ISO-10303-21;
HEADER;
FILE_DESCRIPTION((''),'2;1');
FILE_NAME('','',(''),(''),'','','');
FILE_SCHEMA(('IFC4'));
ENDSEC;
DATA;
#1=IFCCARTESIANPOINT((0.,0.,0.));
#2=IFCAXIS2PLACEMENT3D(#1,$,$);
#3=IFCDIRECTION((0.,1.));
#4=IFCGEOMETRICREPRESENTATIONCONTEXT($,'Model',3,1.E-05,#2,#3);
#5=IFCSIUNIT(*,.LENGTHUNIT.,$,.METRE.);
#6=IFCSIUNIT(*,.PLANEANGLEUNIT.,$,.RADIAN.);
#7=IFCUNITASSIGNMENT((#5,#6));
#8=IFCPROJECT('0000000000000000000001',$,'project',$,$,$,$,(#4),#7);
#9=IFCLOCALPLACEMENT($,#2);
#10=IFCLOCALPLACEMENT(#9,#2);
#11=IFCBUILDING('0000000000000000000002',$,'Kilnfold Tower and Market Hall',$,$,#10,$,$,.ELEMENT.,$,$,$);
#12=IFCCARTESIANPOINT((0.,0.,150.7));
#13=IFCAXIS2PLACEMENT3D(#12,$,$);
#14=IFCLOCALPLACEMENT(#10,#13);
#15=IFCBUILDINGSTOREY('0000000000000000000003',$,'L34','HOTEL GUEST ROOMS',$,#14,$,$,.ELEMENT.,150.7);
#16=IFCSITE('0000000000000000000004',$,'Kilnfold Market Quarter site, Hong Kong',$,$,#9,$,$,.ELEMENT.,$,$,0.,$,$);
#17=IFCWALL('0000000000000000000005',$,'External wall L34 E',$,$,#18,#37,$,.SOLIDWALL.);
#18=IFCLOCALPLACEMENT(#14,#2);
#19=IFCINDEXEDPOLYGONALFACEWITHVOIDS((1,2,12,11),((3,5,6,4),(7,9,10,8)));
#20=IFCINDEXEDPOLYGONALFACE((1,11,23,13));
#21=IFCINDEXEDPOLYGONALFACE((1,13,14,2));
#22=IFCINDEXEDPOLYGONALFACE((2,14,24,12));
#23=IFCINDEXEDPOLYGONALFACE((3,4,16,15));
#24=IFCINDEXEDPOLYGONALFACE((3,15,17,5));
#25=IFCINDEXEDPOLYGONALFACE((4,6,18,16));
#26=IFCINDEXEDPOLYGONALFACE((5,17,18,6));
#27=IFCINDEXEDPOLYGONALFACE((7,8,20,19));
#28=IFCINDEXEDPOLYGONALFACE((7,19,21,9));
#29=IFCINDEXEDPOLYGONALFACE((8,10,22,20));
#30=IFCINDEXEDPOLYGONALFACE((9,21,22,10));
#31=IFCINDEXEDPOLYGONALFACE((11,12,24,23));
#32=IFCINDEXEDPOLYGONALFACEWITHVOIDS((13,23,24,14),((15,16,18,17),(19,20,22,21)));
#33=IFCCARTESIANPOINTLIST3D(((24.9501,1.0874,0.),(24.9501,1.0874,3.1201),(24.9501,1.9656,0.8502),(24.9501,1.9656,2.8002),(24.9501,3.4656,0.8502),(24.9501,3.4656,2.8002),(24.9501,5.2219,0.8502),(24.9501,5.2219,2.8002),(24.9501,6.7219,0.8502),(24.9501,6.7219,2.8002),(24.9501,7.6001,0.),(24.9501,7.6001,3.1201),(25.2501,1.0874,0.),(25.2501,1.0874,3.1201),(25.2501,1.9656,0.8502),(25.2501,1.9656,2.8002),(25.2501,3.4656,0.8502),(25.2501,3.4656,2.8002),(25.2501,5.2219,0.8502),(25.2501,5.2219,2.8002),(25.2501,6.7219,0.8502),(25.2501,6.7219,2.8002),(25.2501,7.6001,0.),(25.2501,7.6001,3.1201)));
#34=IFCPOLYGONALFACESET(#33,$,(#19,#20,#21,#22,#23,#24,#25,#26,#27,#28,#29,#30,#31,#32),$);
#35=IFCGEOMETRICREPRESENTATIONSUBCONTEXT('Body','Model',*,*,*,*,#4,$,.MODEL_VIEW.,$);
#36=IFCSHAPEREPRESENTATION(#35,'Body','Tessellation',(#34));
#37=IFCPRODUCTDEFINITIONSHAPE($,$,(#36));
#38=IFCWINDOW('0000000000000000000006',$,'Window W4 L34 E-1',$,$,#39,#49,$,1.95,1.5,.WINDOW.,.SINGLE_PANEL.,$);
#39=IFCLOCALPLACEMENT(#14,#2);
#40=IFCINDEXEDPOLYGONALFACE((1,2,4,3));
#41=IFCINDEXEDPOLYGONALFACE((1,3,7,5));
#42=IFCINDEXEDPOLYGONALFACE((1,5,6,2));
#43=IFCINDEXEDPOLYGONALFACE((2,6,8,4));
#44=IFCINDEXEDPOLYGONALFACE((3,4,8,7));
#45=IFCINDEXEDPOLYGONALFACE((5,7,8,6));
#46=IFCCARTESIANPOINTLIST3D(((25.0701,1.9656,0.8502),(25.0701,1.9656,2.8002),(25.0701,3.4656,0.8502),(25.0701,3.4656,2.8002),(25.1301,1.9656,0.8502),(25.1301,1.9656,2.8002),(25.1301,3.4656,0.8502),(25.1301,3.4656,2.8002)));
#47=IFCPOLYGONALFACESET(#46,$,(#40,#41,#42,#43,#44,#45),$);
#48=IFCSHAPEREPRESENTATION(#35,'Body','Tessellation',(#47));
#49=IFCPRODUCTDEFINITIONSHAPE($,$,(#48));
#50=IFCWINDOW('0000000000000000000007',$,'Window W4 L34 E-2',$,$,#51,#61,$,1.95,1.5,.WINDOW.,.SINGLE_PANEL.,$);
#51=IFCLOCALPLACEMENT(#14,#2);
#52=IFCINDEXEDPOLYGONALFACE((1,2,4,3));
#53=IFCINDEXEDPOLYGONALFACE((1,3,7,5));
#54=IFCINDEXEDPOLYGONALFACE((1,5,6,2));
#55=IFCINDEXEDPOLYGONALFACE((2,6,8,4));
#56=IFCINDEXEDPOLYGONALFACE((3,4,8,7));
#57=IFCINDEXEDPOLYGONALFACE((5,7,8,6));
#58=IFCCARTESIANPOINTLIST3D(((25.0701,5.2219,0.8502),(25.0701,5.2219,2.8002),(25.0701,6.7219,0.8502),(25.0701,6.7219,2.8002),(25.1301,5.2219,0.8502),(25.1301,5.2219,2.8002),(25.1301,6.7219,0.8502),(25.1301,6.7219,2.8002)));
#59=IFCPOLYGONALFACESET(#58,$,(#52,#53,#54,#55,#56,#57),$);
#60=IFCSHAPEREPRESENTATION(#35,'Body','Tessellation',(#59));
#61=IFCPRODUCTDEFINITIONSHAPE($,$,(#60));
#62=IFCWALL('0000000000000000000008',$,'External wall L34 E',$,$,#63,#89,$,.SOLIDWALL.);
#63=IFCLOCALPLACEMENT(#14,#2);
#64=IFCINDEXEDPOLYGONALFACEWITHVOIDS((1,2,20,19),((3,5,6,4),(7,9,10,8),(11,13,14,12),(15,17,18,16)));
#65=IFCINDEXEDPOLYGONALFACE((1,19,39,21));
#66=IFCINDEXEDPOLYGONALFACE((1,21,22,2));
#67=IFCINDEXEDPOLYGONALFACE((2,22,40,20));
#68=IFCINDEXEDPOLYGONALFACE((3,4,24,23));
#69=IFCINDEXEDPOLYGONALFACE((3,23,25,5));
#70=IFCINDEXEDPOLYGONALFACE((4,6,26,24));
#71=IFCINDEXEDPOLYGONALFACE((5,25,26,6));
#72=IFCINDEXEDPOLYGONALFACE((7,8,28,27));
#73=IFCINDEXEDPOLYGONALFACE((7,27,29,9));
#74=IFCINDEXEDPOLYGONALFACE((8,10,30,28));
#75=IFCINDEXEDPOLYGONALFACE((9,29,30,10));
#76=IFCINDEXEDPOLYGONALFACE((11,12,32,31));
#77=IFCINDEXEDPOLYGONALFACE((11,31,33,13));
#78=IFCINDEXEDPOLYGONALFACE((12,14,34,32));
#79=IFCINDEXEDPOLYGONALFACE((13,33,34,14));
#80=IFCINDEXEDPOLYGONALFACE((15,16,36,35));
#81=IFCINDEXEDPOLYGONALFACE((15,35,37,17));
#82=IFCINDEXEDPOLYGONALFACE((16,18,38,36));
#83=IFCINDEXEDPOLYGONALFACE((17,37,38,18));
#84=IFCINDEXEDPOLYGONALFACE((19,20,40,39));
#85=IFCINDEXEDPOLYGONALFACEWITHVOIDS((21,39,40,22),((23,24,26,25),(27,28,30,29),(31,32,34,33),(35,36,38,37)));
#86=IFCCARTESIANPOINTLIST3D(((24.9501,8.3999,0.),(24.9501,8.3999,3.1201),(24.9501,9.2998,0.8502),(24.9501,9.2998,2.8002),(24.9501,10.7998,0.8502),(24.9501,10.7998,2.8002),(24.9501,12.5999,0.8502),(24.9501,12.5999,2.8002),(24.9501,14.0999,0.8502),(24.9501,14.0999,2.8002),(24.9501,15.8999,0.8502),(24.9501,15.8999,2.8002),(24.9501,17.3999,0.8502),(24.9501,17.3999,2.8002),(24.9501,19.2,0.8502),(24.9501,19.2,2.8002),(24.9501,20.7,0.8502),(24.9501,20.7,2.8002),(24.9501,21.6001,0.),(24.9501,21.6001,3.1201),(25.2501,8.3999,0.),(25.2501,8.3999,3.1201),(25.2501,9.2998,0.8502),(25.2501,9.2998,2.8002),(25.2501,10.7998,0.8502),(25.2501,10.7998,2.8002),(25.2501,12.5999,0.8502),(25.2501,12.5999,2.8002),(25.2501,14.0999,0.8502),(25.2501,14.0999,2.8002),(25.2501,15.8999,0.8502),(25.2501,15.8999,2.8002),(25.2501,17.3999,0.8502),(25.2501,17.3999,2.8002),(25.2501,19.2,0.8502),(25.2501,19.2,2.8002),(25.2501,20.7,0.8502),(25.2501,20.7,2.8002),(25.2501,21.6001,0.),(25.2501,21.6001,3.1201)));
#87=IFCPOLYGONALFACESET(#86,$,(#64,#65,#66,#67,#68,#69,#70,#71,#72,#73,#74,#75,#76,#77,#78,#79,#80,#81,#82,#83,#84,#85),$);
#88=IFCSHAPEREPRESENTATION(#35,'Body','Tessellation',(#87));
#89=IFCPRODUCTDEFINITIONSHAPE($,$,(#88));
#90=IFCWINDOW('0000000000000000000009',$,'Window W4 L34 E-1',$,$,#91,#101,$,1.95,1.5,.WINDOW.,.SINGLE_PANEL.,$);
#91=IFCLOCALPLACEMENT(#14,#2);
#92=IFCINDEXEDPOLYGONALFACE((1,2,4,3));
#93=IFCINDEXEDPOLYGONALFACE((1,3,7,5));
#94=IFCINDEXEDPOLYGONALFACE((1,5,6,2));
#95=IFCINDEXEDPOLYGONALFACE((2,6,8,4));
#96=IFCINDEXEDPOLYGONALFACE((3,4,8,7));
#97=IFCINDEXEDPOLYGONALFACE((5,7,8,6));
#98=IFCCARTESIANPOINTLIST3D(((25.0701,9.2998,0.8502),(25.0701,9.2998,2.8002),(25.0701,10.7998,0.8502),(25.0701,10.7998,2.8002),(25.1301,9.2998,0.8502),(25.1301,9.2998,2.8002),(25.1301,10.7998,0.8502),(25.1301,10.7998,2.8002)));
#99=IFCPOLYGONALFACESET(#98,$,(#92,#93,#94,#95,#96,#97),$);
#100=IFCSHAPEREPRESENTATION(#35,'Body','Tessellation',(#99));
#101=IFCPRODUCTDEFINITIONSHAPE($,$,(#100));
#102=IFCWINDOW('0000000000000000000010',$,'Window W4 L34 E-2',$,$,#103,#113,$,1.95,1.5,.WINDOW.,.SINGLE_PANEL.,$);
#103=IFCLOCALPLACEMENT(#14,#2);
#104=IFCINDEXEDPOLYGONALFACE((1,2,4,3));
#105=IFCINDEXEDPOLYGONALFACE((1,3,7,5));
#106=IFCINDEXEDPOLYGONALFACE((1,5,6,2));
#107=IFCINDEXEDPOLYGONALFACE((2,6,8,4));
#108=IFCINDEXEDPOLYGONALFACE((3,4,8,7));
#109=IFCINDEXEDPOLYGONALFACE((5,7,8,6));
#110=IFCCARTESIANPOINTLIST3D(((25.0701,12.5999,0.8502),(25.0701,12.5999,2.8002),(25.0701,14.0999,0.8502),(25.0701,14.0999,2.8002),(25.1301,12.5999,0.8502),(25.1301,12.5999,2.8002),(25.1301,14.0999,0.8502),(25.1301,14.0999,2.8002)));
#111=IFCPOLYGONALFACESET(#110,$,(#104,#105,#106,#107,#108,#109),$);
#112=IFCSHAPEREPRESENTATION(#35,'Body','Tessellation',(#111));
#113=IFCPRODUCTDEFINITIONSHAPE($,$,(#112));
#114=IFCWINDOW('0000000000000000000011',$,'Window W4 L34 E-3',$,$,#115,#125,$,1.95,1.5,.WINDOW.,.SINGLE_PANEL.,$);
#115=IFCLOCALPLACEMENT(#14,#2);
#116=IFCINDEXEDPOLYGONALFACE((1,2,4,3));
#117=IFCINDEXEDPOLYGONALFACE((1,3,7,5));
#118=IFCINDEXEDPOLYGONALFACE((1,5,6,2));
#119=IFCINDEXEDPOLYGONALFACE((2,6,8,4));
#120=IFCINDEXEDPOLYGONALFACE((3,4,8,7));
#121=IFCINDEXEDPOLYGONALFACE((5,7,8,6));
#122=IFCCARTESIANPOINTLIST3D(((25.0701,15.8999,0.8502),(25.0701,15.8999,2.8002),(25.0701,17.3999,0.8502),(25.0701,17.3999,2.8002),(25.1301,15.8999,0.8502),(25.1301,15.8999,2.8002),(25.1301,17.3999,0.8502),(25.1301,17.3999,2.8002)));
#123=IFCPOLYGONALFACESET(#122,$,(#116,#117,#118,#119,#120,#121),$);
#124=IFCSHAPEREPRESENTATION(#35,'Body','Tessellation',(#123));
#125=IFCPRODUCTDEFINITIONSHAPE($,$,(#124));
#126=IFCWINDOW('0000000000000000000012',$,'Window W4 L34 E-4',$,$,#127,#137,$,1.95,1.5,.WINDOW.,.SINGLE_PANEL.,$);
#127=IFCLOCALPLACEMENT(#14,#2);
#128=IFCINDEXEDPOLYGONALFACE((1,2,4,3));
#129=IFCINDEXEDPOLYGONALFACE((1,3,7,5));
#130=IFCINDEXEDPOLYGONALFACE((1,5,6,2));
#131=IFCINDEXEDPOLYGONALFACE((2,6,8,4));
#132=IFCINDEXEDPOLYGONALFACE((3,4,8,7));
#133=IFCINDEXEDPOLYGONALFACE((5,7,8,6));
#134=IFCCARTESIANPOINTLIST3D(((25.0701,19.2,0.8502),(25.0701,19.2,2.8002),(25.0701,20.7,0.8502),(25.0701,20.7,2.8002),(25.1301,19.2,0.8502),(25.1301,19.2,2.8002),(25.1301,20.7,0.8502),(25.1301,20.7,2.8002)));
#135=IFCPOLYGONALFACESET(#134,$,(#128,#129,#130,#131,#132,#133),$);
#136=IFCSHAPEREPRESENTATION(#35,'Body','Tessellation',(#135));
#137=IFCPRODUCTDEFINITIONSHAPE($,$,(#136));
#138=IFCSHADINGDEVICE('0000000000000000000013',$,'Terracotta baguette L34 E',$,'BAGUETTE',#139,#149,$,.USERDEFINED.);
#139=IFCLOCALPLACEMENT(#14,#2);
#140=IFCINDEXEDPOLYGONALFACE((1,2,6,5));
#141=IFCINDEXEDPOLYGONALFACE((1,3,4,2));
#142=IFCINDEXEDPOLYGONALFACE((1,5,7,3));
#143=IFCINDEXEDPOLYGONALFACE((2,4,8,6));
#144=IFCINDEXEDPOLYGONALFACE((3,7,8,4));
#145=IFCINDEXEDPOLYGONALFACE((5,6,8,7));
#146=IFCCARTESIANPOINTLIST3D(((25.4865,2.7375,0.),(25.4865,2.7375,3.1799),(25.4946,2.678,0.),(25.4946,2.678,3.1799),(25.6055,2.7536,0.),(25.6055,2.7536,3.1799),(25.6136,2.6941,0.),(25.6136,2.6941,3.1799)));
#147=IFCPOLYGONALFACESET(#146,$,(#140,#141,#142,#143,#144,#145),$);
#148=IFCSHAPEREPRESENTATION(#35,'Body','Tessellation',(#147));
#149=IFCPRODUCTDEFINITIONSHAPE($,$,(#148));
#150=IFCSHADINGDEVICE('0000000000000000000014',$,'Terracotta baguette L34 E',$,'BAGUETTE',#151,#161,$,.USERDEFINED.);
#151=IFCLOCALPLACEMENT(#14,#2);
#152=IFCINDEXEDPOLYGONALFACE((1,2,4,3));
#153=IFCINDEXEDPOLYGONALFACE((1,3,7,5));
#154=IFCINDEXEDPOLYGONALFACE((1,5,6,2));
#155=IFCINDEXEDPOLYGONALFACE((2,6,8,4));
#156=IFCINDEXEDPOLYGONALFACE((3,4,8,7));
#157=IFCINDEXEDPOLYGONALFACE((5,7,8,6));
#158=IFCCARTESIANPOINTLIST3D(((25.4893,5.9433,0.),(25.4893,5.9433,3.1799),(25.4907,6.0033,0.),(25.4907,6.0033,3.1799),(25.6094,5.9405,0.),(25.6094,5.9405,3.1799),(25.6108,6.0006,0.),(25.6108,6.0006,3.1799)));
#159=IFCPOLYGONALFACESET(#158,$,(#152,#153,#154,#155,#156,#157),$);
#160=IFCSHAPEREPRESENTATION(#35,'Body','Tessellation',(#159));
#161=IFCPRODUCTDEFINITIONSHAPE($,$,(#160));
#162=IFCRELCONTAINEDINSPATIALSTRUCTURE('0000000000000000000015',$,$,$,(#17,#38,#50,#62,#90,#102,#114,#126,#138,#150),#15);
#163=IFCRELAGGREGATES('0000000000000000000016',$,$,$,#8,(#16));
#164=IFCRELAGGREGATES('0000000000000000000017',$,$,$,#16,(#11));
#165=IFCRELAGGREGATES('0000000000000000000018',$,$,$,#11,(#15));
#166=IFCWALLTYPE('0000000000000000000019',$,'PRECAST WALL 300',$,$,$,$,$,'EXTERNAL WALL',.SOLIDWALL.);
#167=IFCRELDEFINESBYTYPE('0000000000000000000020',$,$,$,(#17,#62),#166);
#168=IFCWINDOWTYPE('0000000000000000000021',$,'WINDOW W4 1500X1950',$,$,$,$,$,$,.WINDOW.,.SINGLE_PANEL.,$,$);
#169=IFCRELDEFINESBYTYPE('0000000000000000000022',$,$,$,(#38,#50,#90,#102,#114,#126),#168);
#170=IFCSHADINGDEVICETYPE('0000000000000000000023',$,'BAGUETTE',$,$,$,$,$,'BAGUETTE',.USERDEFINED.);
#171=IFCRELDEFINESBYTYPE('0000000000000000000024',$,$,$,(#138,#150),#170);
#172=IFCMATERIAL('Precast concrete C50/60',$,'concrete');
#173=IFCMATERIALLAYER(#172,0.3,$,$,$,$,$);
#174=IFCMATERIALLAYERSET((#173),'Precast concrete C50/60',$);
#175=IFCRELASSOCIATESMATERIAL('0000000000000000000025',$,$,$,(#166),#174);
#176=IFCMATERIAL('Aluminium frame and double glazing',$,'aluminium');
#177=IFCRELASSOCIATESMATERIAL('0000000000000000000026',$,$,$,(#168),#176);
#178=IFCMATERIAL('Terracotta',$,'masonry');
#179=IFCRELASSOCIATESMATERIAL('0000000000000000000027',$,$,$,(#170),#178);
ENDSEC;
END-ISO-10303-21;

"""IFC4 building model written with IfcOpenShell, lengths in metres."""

from ifc_helpers import new_model, si_unit, direction, frame, frame_2d, origin, origin_2d, place, context, subcontext, project, spatial, rectangle, extrude, source, transform, mapped, material, layer, layer_set, material_profile, profile_set, type_object, element, fill, save


model = new_model("IFC4")

# Units and contexts
model_context = context("Model", 3, precision=1e-05, world=origin(), true_north=direction((0.0, 1.0)))
body_context = subcontext(model_context, "Body", "Model", "MODEL_VIEW")
ifc_project = project(units=[si_unit("LENGTHUNIT", "METRE"), si_unit("PLANEANGLEUNIT", "RADIAN")], contexts=[model_context])

# Site, building, storey
site_placement = place(None, origin())
site = spatial("IfcSite", under=ifc_project, at=site_placement, Name="Kilnfold Market Quarter site, Hong Kong", CompositionType="ELEMENT", RefElevation=0.0)
building_placement = place(site_placement, origin())
building = spatial("IfcBuilding", under=site, at=building_placement, Name="Kilnfold Tower and Market Hall", CompositionType="ELEMENT")
storey_placement = place(building_placement, frame((0.0, 0.0, 150.7)))
storey = spatial("IfcBuildingStorey", under=building, at=storey_placement, Name="L34", Description="HOTEL GUEST ROOMS", CompositionType="ELEMENT", Elevation=150.7)

# Walls, openings, windows
ifc_material_1 = material(Name="Precast concrete C50/60", Category="concrete")
ifc_layer_1 = layer(ifc_material_1, 0.3)
ifc_layer_set_1 = layer_set([ifc_layer_1], Name="Precast concrete C50/60")
wall_type_1 = type_object("IfcWallType", Name="PRECAST WALL 300", ElementType="EXTERNAL WALL", PredefinedType="SOLIDWALL", material=ifc_layer_set_1)
shared_shape_1 = source(origin(), body_context, "Body", "SweptSolid", [
    extrude(rectangle(XDim=6.5127, YDim=0.3, at=frame_2d((3.2563, 0.0))), origin(), (0.0, 0.0, 1.0), 3.1201),
])
wall_1_placement = place(storey_placement, frame((25.1001, 1.0874, 0.0), z_axis=(0.0, 0.0, 1.0), x_axis=(0.0, 1.0, 0.0)))
wall_1 = element("IfcWall", 1, at=wall_1_placement, inside=storey, type_object=wall_type_1, Name="External wall L34 E", PredefinedType="SOLIDWALL", context=body_context, shape_type="MappedRepresentation", body=[
    mapped(shared_shape_1, transform((0.0, 0.0, 0.0))),
])
opening_1_placement = place(wall_1_placement, frame((0.8782, 0.0, 0.8501)))
opening_1 = element("IfcOpeningElement", 2, at=opening_1_placement, cuts=wall_1, PredefinedType="OPENING", context=body_context, shape_type="SweptSolid", body=[
    extrude(rectangle(XDim=1.5, YDim=1.95, at=frame_2d((0.75, 0.9751))), frame((0.0, 0.1602, 0.0), z_axis=(0.0, -1.0, 0.0), x_axis=(1.0, 0.0, 0.0)), (0.0, 0.0, 1.0), 0.3201),
])
opening_2_placement = place(wall_1_placement, frame((4.1345, 0.0, 0.8501)))
opening_2 = element("IfcOpeningElement", 3, at=opening_2_placement, cuts=wall_1, PredefinedType="OPENING", context=body_context, shape_type="SweptSolid", body=[
    extrude(rectangle(XDim=1.5, YDim=1.95, at=frame_2d((0.75, 0.9751))), frame((0.0, 0.1602, 0.0), z_axis=(0.0, -1.0, 0.0), x_axis=(1.0, 0.0, 0.0)), (0.0, 0.0, 1.0), 0.3201),
])
ifc_material_2 = material(Name="Aluminium frame and double glazing", Category="aluminium")
window_type = type_object("IfcWindowType", Name="WINDOW W4 1500X1950", PartitioningType="SINGLE_PANEL", PredefinedType="WINDOW", material=ifc_material_2)
window_1_placement = place(opening_1_placement, origin())
window_1 = element("IfcWindow", 4, at=window_1_placement, inside=storey, type_object=window_type, Name="Window W4 L34 E-1", OverallHeight=1.95, OverallWidth=1.5, PartitioningType="SINGLE_PANEL", PredefinedType="WINDOW", context=body_context, shape_type="SweptSolid", body=[
    extrude(rectangle(XDim=1.5, YDim=1.95, at=frame_2d((0.75, 0.9751))), frame((0.0, 0.03, 0.0), z_axis=(0.0, -1.0, 0.0), x_axis=(1.0, 0.0, 0.0)), (0.0, 0.0, 1.0), 0.0601),
])
fill(opening_1, window_1)
window_2_placement = place(opening_2_placement, origin())
window_2 = element("IfcWindow", 5, at=window_2_placement, inside=storey, type_object=window_type, Name="Window W4 L34 E-2", OverallHeight=1.95, OverallWidth=1.5, PartitioningType="SINGLE_PANEL", PredefinedType="WINDOW", context=body_context, shape_type="SweptSolid", body=[
    extrude(rectangle(XDim=1.5, YDim=1.95, at=frame_2d((0.75, 0.9751))), frame((0.0, 0.03, 0.0), z_axis=(0.0, -1.0, 0.0), x_axis=(1.0, 0.0, 0.0)), (0.0, 0.0, 1.0), 0.0601),
])
fill(opening_2, window_2)
shared_shape_2 = source(origin(), body_context, "Body", "SweptSolid", [
    extrude(rectangle(XDim=13.2002, YDim=0.3, at=frame_2d((6.6001, 0.0))), origin(), (0.0, 0.0, 1.0), 3.1201),
])
wall_2_placement = place(storey_placement, frame((25.1001, 8.3999, 0.0), z_axis=(0.0, 0.0, 1.0), x_axis=(0.0, 1.0, 0.0)))
wall_2 = element("IfcWall", 6, at=wall_2_placement, inside=storey, type_object=wall_type_1, Name="External wall L34 E", PredefinedType="SOLIDWALL", context=body_context, shape_type="MappedRepresentation", body=[
    mapped(shared_shape_2, transform((0.0, 0.0, 0.0))),
])
opening_3_placement = place(wall_2_placement, frame((0.8999, 0.0, 0.8501)))
opening_3 = element("IfcOpeningElement", 7, at=opening_3_placement, cuts=wall_2, PredefinedType="OPENING", context=body_context, shape_type="SweptSolid", body=[
    extrude(rectangle(XDim=1.5, YDim=1.95, at=frame_2d((0.75, 0.9751))), frame((0.0, 0.1602, 0.0), z_axis=(0.0, -1.0, 0.0), x_axis=(1.0, 0.0, 0.0)), (0.0, 0.0, 1.0), 0.3201),
])
opening_4_placement = place(wall_2_placement, frame((4.2, 0.0, 0.8501)))
opening_4 = element("IfcOpeningElement", 8, at=opening_4_placement, cuts=wall_2, PredefinedType="OPENING", context=body_context, shape_type="SweptSolid", body=[
    extrude(rectangle(XDim=1.5, YDim=1.95, at=frame_2d((0.75, 0.9751))), frame((0.0, 0.1602, 0.0), z_axis=(0.0, -1.0, 0.0), x_axis=(1.0, 0.0, 0.0)), (0.0, 0.0, 1.0), 0.3201),
])
opening_5_placement = place(wall_2_placement, frame((7.5, 0.0, 0.8501)))
opening_5 = element("IfcOpeningElement", 9, at=opening_5_placement, cuts=wall_2, PredefinedType="OPENING", context=body_context, shape_type="SweptSolid", body=[
    extrude(rectangle(XDim=1.5, YDim=1.95, at=frame_2d((0.75, 0.9751))), frame((0.0, 0.1602, 0.0), z_axis=(0.0, -1.0, 0.0), x_axis=(1.0, 0.0, 0.0)), (0.0, 0.0, 1.0), 0.3201),
])
opening_6_placement = place(wall_2_placement, frame((10.8, 0.0, 0.8501)))
opening_6 = element("IfcOpeningElement", 10, at=opening_6_placement, cuts=wall_2, PredefinedType="OPENING", context=body_context, shape_type="SweptSolid", body=[
    extrude(rectangle(XDim=1.5, YDim=1.95, at=frame_2d((0.75, 0.9751))), frame((0.0, 0.1602, 0.0), z_axis=(0.0, -1.0, 0.0), x_axis=(1.0, 0.0, 0.0)), (0.0, 0.0, 1.0), 0.3201),
])
window_3_placement = place(opening_3_placement, origin())
window_3 = element("IfcWindow", 11, at=window_3_placement, inside=storey, type_object=window_type, Name="Window W4 L34 E-1", OverallHeight=1.95, OverallWidth=1.5, PartitioningType="SINGLE_PANEL", PredefinedType="WINDOW", context=body_context, shape_type="SweptSolid", body=[
    extrude(rectangle(XDim=1.5, YDim=1.95, at=frame_2d((0.75, 0.9751))), frame((0.0, 0.03, 0.0), z_axis=(0.0, -1.0, 0.0), x_axis=(1.0, 0.0, 0.0)), (0.0, 0.0, 1.0), 0.0601),
])
fill(opening_3, window_3)
window_4_placement = place(opening_4_placement, origin())
window_4 = element("IfcWindow", 12, at=window_4_placement, inside=storey, type_object=window_type, Name="Window W4 L34 E-2", OverallHeight=1.95, OverallWidth=1.5, PartitioningType="SINGLE_PANEL", PredefinedType="WINDOW", context=body_context, shape_type="SweptSolid", body=[
    extrude(rectangle(XDim=1.5, YDim=1.95, at=frame_2d((0.75, 0.9751))), frame((0.0, 0.03, 0.0), z_axis=(0.0, -1.0, 0.0), x_axis=(1.0, 0.0, 0.0)), (0.0, 0.0, 1.0), 0.0601),
])
fill(opening_4, window_4)
window_5_placement = place(opening_5_placement, origin())
window_5 = element("IfcWindow", 13, at=window_5_placement, inside=storey, type_object=window_type, Name="Window W4 L34 E-3", OverallHeight=1.95, OverallWidth=1.5, PartitioningType="SINGLE_PANEL", PredefinedType="WINDOW", context=body_context, shape_type="SweptSolid", body=[
    extrude(rectangle(XDim=1.5, YDim=1.95, at=frame_2d((0.75, 0.9751))), frame((0.0, 0.03, 0.0), z_axis=(0.0, -1.0, 0.0), x_axis=(1.0, 0.0, 0.0)), (0.0, 0.0, 1.0), 0.0601),
])
fill(opening_5, window_5)
window_6_placement = place(opening_6_placement, origin())
window_6 = element("IfcWindow", 14, at=window_6_placement, inside=storey, type_object=window_type, Name="Window W4 L34 E-4", OverallHeight=1.95, OverallWidth=1.5, PartitioningType="SINGLE_PANEL", PredefinedType="WINDOW", context=body_context, shape_type="SweptSolid", body=[
    extrude(rectangle(XDim=1.5, YDim=1.95, at=frame_2d((0.75, 0.9751))), frame((0.0, 0.03, 0.0), z_axis=(0.0, -1.0, 0.0), x_axis=(1.0, 0.0, 0.0)), (0.0, 0.0, 1.0), 0.0601),
])
fill(opening_6, window_6)

# Shading devices
ifc_material_3 = material(Name="Terracotta", Category="masonry")
ifc_material_profile_1 = material_profile(ifc_material_3, rectangle(XDim=0.0601, YDim=0.1201, at=origin_2d()), Name="BAG 60x120")
ifc_profile_set_1 = profile_set([ifc_material_profile_1], Name="Terracotta")
shading_device_type = type_object("IfcShadingDeviceType", Name="BAGUETTE", ElementType="BAGUETTE", PredefinedType="USERDEFINED", material=ifc_profile_set_1)
shared_shape_3 = source(origin(), body_context, "Body", "SweptSolid", [
    extrude(rectangle(XDim=0.0601, YDim=0.1201, at=origin_2d()), origin(), (0.0, 0.0, 1.0), 3.1799),
])
for number, where, z_axis, x_axis, name in (
    (15, (25.55, 2.7158, 0.0), (0.0, 0.0, 1.0), (-0.134066, 0.990972, 0.0), "Terracotta baguette L34 E"),
    (16, (25.55, 5.9719, 0.0), (0.0, 0.0, 1.0), (0.022684, 0.999743, 0.0), "Terracotta baguette L34 E"),
):
    element("IfcShadingDevice", number, at=place(storey_placement, frame(where, z_axis=z_axis, x_axis=x_axis)), inside=storey, type_object=shading_device_type, Name=name, ObjectType="BAGUETTE", PredefinedType="USERDEFINED", context=body_context, shape_type="MappedRepresentation", body=[
        mapped(shared_shape_3, transform((0.0, 0.0, 0.0))),
    ])

save(model, "model.ifc")
